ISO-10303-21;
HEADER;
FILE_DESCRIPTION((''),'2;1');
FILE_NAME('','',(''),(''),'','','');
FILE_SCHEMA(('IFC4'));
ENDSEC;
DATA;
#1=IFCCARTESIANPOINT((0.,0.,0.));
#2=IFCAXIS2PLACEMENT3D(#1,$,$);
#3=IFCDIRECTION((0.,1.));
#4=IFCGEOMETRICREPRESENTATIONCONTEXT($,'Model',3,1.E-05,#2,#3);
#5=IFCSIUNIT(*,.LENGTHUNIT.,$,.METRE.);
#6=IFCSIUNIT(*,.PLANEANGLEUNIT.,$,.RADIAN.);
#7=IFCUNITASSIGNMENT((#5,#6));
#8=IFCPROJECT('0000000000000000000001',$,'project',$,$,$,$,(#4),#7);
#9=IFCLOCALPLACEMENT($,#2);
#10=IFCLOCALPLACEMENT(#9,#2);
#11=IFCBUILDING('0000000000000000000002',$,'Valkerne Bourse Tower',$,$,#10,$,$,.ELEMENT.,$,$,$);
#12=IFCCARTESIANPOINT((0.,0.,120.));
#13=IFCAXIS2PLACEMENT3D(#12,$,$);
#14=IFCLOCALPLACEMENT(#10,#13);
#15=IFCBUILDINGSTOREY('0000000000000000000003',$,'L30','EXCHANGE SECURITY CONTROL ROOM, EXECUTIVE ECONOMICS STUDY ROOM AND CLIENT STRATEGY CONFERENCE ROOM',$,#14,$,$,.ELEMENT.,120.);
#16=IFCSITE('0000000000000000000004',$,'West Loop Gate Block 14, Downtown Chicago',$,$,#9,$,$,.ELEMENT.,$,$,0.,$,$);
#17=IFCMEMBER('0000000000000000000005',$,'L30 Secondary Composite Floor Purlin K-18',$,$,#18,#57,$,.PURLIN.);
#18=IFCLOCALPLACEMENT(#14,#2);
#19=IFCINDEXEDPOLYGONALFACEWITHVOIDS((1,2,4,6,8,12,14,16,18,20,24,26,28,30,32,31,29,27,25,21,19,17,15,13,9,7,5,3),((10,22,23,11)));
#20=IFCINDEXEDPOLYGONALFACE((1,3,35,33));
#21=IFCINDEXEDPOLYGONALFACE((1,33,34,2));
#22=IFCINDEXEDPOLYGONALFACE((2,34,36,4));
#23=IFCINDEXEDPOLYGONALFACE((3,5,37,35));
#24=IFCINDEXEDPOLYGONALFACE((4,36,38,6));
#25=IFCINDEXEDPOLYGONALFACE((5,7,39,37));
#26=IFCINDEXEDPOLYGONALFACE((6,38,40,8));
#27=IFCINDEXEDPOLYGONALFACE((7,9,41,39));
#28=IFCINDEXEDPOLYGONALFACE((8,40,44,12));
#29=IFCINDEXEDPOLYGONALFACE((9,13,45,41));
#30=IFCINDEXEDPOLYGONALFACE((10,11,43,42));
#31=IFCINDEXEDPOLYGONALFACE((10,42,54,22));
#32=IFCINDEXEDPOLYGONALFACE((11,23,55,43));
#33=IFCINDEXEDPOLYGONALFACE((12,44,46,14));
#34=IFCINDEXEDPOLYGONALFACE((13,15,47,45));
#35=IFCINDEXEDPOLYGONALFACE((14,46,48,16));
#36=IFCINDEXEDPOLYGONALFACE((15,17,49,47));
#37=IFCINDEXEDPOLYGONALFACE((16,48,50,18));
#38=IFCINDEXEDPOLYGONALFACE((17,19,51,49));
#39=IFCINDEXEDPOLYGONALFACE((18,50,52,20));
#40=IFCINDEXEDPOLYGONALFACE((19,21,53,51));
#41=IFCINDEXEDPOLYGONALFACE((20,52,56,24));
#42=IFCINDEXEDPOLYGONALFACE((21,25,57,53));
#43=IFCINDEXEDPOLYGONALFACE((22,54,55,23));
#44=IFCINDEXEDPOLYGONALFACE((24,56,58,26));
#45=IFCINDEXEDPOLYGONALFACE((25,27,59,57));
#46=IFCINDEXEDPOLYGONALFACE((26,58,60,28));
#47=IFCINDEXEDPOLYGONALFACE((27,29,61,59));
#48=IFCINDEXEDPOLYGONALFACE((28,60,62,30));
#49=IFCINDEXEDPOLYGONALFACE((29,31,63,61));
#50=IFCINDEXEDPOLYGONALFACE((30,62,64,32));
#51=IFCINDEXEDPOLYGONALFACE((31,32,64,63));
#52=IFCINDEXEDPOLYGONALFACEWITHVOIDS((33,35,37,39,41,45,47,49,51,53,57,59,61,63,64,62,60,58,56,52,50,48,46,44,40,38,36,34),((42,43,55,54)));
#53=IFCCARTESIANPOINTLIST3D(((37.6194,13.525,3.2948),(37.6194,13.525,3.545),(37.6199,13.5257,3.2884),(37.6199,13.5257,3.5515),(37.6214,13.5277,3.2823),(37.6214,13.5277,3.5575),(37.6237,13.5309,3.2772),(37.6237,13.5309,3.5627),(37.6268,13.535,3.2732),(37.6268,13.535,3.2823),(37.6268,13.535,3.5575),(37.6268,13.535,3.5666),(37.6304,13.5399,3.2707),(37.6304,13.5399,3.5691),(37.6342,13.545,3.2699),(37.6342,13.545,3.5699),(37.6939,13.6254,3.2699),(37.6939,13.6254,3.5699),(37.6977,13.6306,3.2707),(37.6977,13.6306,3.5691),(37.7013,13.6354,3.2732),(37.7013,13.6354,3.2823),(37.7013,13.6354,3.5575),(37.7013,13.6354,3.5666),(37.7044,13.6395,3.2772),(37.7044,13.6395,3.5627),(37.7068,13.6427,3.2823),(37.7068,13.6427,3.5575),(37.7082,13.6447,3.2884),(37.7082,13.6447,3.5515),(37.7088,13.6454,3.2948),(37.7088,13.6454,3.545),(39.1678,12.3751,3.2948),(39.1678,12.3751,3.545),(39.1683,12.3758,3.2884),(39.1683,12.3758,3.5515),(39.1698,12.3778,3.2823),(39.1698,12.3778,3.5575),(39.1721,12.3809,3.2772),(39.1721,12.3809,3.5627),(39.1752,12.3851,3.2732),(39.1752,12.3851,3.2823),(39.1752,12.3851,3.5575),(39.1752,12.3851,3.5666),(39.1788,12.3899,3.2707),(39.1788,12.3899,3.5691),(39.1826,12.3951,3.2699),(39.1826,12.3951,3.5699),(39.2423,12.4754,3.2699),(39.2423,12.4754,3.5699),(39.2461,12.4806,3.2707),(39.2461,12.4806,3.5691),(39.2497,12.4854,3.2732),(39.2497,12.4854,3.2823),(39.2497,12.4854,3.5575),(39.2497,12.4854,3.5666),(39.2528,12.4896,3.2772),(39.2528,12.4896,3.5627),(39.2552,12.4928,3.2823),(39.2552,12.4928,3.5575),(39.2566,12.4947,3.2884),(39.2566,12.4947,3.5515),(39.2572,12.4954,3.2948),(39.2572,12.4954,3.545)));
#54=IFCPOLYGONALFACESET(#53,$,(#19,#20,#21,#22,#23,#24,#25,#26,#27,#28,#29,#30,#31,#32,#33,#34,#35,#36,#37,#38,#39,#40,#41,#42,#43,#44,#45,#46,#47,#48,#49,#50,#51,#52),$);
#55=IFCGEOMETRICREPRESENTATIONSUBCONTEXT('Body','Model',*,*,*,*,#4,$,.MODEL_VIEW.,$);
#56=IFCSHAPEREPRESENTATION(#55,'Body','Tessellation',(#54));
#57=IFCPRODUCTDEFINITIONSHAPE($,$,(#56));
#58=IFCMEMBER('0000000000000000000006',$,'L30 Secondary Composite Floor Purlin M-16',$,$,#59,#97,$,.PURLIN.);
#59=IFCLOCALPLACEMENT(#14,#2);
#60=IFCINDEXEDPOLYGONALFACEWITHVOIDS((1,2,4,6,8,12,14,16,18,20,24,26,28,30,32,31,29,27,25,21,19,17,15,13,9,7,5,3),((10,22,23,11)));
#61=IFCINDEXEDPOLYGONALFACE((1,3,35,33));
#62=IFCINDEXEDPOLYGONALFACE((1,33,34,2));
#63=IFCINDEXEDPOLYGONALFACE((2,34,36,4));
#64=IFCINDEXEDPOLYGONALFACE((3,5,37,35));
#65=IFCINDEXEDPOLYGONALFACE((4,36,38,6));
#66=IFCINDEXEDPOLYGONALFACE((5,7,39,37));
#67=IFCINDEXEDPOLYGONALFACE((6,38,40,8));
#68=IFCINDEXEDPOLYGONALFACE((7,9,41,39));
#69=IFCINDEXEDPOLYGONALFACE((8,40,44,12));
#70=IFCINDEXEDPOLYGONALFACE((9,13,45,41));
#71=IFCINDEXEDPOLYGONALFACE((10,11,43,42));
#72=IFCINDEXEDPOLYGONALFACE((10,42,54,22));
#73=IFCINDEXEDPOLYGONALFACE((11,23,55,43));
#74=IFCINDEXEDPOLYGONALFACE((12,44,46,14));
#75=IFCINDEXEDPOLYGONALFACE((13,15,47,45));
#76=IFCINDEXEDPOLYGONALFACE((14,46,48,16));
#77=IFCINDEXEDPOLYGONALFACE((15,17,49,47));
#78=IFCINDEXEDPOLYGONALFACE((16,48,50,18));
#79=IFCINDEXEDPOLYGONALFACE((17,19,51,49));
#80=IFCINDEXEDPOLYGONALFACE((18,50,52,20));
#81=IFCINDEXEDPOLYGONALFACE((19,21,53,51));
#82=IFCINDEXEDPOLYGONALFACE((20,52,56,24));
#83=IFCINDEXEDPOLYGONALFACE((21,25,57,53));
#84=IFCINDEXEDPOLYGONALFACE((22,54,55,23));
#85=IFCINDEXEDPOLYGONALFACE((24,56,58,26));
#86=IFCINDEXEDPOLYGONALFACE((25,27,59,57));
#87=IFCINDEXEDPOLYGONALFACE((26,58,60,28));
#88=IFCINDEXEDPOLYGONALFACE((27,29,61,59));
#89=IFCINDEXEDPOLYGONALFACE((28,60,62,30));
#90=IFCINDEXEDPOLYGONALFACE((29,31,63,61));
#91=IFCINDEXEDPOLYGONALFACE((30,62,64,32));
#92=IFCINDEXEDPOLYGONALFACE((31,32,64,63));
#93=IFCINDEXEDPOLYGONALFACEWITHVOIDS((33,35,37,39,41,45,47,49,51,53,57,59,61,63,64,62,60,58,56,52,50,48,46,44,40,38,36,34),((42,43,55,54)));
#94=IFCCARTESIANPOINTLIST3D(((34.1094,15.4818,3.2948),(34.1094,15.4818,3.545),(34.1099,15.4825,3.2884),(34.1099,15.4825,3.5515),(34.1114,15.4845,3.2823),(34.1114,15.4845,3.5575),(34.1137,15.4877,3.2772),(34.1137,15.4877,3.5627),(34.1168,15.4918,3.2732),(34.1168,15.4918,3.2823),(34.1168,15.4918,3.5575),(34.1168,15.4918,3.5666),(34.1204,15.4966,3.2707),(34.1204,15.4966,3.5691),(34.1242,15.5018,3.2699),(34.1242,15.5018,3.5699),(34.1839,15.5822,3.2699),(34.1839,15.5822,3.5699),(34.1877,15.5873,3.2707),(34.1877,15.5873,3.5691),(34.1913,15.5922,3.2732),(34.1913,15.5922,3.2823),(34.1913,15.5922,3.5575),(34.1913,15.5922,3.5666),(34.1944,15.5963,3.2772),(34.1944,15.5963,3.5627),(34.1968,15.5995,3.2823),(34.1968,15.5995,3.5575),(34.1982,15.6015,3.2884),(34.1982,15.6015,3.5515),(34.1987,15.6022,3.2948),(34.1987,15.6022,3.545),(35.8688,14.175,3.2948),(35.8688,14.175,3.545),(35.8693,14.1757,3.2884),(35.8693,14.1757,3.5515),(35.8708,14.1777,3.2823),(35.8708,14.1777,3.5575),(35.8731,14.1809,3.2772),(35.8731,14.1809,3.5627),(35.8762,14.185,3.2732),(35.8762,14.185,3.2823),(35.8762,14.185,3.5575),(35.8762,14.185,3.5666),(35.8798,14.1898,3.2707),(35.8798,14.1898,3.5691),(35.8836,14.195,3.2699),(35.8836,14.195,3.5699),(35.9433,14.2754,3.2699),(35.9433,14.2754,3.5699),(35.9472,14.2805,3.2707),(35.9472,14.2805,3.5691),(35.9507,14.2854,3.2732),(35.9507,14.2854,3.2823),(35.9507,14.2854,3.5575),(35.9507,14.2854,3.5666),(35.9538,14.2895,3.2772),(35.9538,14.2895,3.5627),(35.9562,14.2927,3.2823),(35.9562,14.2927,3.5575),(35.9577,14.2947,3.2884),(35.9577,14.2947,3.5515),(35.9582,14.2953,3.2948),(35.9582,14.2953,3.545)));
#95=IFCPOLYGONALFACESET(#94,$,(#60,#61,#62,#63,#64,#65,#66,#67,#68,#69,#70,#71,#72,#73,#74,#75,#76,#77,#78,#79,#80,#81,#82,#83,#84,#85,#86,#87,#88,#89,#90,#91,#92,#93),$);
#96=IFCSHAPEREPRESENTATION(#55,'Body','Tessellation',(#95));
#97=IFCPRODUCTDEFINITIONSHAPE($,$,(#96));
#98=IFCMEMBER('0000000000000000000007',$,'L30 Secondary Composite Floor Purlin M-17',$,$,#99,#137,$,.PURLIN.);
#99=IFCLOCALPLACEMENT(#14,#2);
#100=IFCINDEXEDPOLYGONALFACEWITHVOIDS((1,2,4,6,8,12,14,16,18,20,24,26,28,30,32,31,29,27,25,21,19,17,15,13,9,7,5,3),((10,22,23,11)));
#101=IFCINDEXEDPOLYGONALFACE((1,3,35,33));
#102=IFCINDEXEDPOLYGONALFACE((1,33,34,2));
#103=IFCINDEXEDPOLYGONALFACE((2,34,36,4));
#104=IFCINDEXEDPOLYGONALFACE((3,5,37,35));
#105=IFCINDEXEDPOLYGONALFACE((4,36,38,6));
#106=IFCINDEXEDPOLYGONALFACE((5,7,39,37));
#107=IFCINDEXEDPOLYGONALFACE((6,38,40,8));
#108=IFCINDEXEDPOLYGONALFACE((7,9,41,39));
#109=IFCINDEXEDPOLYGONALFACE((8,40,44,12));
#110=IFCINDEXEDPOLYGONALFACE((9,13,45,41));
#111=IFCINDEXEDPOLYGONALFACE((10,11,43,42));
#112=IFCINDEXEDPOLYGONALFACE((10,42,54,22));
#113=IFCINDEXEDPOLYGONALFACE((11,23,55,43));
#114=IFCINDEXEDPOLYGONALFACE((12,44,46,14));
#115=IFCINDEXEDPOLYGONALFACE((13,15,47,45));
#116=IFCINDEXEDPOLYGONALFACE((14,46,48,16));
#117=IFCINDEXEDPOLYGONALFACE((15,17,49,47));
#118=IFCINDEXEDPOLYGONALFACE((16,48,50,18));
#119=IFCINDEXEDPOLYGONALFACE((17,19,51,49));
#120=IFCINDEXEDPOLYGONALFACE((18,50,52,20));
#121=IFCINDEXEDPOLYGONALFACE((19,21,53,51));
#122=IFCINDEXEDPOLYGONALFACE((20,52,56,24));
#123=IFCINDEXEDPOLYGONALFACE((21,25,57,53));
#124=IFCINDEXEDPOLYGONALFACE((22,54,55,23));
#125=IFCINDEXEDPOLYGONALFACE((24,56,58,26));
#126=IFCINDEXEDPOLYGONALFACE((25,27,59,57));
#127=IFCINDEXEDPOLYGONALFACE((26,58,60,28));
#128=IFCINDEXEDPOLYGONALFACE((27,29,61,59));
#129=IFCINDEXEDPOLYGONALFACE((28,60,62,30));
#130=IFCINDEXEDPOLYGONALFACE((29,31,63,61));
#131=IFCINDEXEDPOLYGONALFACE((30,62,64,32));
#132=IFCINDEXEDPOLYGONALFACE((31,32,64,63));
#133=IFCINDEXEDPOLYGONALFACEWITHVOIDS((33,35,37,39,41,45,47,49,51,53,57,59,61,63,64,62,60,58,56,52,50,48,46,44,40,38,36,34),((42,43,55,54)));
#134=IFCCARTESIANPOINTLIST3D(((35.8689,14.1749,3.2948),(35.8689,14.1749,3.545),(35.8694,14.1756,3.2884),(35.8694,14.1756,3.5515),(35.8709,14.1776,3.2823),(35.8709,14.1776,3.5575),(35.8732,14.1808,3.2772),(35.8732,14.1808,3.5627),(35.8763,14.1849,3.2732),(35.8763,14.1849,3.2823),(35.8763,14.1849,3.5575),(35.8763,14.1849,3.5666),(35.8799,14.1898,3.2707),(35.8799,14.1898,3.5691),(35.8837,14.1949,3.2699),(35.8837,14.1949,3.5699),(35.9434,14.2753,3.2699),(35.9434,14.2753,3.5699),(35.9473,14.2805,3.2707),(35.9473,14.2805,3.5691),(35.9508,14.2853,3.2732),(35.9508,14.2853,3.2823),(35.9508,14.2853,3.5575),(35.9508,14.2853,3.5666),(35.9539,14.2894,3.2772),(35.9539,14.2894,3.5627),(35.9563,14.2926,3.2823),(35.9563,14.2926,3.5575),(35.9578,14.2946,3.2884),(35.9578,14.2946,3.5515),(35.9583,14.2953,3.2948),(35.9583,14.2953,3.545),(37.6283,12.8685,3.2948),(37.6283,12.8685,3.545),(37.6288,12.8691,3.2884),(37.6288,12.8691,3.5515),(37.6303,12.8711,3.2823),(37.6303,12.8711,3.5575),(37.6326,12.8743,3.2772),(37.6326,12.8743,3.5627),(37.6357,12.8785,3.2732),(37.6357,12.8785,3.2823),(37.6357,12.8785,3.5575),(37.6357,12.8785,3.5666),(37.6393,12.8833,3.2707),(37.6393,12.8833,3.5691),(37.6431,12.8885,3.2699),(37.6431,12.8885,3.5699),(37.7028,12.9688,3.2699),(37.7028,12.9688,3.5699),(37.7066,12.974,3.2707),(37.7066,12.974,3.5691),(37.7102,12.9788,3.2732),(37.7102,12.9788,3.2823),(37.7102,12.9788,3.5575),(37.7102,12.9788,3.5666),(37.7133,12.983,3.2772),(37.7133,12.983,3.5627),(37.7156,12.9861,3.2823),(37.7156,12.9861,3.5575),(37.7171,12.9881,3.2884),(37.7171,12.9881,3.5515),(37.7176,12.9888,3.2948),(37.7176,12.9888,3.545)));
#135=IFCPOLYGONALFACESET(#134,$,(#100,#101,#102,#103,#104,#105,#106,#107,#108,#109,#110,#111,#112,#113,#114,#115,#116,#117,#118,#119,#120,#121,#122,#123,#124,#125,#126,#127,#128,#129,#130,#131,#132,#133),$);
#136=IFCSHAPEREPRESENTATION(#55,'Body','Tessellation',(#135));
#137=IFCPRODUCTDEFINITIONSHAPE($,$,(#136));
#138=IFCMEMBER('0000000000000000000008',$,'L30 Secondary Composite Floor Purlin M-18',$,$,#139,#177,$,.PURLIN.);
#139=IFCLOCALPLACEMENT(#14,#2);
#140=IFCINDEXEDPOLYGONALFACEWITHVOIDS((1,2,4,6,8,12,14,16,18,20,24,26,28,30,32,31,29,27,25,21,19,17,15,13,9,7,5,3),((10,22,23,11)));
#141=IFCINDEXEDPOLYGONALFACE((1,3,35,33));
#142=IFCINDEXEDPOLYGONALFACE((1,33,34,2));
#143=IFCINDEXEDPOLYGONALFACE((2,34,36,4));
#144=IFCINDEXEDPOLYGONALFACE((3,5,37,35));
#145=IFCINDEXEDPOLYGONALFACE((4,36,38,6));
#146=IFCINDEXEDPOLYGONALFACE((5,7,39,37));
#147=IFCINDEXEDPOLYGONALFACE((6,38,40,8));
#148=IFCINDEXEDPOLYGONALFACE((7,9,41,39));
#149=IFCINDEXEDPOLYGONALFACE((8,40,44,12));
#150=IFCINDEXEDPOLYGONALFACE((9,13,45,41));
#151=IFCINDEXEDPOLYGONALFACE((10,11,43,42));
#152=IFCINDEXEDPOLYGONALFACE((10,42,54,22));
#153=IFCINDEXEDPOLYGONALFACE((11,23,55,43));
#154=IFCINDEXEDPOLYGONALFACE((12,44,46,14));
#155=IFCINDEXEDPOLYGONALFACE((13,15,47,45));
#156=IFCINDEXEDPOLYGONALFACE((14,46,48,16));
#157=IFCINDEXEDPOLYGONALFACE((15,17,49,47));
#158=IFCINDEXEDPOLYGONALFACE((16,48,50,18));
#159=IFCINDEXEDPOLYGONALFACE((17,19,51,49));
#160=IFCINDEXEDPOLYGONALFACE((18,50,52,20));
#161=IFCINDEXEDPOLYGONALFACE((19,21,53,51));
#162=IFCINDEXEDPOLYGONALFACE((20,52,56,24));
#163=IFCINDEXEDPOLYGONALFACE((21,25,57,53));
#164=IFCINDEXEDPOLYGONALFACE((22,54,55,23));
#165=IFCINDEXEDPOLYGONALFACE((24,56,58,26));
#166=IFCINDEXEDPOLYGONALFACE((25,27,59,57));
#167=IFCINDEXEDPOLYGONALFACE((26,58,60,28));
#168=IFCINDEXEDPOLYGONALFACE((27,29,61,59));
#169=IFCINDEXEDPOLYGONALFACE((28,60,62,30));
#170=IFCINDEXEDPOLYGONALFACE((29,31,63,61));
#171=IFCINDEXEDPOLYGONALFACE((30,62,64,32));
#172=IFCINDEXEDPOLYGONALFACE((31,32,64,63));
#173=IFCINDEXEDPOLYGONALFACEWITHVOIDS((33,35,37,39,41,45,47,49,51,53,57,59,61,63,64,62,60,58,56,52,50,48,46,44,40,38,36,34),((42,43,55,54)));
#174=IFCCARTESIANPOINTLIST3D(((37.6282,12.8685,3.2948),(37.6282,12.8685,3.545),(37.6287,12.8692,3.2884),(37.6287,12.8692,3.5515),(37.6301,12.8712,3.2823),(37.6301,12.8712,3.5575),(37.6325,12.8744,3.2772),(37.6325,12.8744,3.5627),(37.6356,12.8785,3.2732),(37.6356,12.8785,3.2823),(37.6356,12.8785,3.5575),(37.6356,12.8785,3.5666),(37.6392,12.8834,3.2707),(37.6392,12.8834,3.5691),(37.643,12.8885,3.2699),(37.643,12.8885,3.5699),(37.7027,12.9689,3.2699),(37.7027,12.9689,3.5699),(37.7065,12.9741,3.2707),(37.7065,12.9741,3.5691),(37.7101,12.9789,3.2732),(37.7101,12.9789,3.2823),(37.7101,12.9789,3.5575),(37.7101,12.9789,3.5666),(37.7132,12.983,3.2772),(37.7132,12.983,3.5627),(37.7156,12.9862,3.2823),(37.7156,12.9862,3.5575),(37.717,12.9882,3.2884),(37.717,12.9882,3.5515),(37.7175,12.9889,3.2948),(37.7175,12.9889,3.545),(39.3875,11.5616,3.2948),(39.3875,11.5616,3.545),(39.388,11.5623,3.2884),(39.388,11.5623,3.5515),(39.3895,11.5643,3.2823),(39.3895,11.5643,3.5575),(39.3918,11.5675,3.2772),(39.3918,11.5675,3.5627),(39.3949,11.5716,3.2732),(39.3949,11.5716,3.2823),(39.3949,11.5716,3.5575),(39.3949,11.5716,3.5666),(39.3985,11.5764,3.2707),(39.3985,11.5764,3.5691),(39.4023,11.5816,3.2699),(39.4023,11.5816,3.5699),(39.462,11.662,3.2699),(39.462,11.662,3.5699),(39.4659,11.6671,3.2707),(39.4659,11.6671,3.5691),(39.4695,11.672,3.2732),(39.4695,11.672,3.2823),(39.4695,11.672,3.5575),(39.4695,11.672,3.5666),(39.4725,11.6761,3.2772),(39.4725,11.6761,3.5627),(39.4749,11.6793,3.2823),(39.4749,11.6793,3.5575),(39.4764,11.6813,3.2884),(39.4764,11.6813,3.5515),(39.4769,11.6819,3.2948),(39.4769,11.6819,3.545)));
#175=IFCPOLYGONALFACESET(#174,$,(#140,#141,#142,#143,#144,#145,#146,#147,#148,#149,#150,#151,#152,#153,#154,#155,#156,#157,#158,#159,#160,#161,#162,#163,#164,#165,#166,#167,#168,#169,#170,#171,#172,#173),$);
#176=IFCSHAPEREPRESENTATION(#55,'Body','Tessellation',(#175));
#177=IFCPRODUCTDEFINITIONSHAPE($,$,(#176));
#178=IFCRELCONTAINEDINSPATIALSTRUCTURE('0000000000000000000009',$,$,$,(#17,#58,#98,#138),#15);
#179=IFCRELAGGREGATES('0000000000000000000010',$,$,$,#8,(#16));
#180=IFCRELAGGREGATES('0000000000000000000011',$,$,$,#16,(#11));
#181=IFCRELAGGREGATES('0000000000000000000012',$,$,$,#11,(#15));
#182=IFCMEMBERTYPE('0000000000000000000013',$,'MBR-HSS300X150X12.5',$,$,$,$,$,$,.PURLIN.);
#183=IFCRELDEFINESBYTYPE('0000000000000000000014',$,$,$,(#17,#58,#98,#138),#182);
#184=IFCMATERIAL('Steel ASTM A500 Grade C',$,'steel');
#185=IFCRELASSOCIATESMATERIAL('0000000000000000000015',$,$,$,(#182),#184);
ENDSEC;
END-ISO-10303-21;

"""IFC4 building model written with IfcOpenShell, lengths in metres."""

from ifc_helpers import new_model, si_unit, direction, frame, origin, origin_2d, place, context, subcontext, project, spatial, hollow_rectangle, extrude, material, material_profile, profile_set, type_object, element, save


model = new_model("IFC4")

# Units and contexts
model_context = context("Model", 3, precision=1e-05, world=origin(), true_north=direction((0.0, 1.0)))
body_context = subcontext(model_context, "Body", "Model", "MODEL_VIEW")
ifc_project = project(units=[si_unit("LENGTHUNIT", "METRE"), si_unit("PLANEANGLEUNIT", "RADIAN")], contexts=[model_context])

# Site, building, storey
site_placement = place(None, origin())
site = spatial("IfcSite", under=ifc_project, at=site_placement, Name="West Loop Gate Block 14, Downtown Chicago", CompositionType="ELEMENT", RefElevation=0.0)
building_placement = place(site_placement, origin())
building = spatial("IfcBuilding", under=site, at=building_placement, Name="Valkerne Bourse Tower", CompositionType="ELEMENT")
storey_placement = place(building_placement, frame((0.0, 0.0, 120.0)))
storey = spatial("IfcBuildingStorey", under=building, at=storey_placement, Name="L30", Description="EXCHANGE SECURITY CONTROL ROOM, EXECUTIVE ECONOMICS STUDY ROOM AND CLIENT STRATEGY CONFERENCE ROOM", CompositionType="ELEMENT", Elevation=120.0)

# Members
ifc_material_1 = material(Name="Steel ASTM A500 Grade C", Category="steel")
ifc_material_profile_1 = material_profile(ifc_material_1, hollow_rectangle(XDim=0.1499, YDim=0.3, WallThickness=0.0125, OuterFilletRadius=0.0249, at=origin_2d()), Name="HSS300X150X12.5")
ifc_profile_set_1 = profile_set([ifc_material_profile_1], Name="Steel ASTM A500 Grade C")
member_type_1 = type_object("IfcMemberType", Name="MBR-HSS300X150X12.5", PredefinedType="PURLIN", material=ifc_profile_set_1)
member_1_placement = place(storey_placement, frame((37.6641, 13.5852, 3.4199), z_axis=(0.802817, -0.596226, 0.0), x_axis=(0.596226, 0.802817, 0.0)))
element("IfcMember", 1, at=member_1_placement, inside=storey, type_object=member_type_1, Name="L30 Secondary Composite Floor Purlin K-18", PredefinedType="PURLIN", context=body_context, shape_type="SweptSolid", body=[
    extrude(hollow_rectangle(XDim=0.1499, YDim=0.3, WallThickness=0.0125, OuterFilletRadius=0.0249, at=origin_2d()), origin(), (0.0, 0.0, 1.0), 1.9287),
])
member_2_placement = place(storey_placement, frame((34.1541, 15.542, 3.4199), z_axis=(0.802785, -0.596269, 0.0), x_axis=(0.596269, 0.802785, 0.0)))
element("IfcMember", 2, at=member_2_placement, inside=storey, type_object=member_type_1, Name="L30 Secondary Composite Floor Purlin M-16", PredefinedType="PURLIN", context=body_context, shape_type="SweptSolid", body=[
    extrude(hollow_rectangle(XDim=0.1499, YDim=0.3, WallThickness=0.0125, OuterFilletRadius=0.0249, at=origin_2d()), origin(), (0.0, 0.0, 1.0), 2.1917),
])
member_3_placement = place(storey_placement, frame((35.9136, 14.2351, 3.4199), z_axis=(0.802852, -0.596178, 0.0), x_axis=(0.596178, 0.802852, 0.0)))
element("IfcMember", 3, at=member_3_placement, inside=storey, type_object=member_type_1, Name="L30 Secondary Composite Floor Purlin M-17", PredefinedType="PURLIN", context=body_context, shape_type="SweptSolid", body=[
    extrude(hollow_rectangle(XDim=0.1499, YDim=0.3, WallThickness=0.0125, OuterFilletRadius=0.0249, at=origin_2d()), origin(), (0.0, 0.0, 1.0), 2.1914),
])
member_4_placement = place(storey_placement, frame((37.6729, 12.9287, 3.4199), z_axis=(0.802745, -0.596322, 0.0), x_axis=(0.596322, 0.802745, 0.0)))
element("IfcMember", 4, at=member_4_placement, inside=storey, type_object=member_type_1, Name="L30 Secondary Composite Floor Purlin M-18", PredefinedType="PURLIN", context=body_context, shape_type="SweptSolid", body=[
    extrude(hollow_rectangle(XDim=0.1499, YDim=0.3, WallThickness=0.0125, OuterFilletRadius=0.0249, at=origin_2d()), origin(), (0.0, 0.0, 1.0), 2.1917),
])

save(model, "model.ifc")
